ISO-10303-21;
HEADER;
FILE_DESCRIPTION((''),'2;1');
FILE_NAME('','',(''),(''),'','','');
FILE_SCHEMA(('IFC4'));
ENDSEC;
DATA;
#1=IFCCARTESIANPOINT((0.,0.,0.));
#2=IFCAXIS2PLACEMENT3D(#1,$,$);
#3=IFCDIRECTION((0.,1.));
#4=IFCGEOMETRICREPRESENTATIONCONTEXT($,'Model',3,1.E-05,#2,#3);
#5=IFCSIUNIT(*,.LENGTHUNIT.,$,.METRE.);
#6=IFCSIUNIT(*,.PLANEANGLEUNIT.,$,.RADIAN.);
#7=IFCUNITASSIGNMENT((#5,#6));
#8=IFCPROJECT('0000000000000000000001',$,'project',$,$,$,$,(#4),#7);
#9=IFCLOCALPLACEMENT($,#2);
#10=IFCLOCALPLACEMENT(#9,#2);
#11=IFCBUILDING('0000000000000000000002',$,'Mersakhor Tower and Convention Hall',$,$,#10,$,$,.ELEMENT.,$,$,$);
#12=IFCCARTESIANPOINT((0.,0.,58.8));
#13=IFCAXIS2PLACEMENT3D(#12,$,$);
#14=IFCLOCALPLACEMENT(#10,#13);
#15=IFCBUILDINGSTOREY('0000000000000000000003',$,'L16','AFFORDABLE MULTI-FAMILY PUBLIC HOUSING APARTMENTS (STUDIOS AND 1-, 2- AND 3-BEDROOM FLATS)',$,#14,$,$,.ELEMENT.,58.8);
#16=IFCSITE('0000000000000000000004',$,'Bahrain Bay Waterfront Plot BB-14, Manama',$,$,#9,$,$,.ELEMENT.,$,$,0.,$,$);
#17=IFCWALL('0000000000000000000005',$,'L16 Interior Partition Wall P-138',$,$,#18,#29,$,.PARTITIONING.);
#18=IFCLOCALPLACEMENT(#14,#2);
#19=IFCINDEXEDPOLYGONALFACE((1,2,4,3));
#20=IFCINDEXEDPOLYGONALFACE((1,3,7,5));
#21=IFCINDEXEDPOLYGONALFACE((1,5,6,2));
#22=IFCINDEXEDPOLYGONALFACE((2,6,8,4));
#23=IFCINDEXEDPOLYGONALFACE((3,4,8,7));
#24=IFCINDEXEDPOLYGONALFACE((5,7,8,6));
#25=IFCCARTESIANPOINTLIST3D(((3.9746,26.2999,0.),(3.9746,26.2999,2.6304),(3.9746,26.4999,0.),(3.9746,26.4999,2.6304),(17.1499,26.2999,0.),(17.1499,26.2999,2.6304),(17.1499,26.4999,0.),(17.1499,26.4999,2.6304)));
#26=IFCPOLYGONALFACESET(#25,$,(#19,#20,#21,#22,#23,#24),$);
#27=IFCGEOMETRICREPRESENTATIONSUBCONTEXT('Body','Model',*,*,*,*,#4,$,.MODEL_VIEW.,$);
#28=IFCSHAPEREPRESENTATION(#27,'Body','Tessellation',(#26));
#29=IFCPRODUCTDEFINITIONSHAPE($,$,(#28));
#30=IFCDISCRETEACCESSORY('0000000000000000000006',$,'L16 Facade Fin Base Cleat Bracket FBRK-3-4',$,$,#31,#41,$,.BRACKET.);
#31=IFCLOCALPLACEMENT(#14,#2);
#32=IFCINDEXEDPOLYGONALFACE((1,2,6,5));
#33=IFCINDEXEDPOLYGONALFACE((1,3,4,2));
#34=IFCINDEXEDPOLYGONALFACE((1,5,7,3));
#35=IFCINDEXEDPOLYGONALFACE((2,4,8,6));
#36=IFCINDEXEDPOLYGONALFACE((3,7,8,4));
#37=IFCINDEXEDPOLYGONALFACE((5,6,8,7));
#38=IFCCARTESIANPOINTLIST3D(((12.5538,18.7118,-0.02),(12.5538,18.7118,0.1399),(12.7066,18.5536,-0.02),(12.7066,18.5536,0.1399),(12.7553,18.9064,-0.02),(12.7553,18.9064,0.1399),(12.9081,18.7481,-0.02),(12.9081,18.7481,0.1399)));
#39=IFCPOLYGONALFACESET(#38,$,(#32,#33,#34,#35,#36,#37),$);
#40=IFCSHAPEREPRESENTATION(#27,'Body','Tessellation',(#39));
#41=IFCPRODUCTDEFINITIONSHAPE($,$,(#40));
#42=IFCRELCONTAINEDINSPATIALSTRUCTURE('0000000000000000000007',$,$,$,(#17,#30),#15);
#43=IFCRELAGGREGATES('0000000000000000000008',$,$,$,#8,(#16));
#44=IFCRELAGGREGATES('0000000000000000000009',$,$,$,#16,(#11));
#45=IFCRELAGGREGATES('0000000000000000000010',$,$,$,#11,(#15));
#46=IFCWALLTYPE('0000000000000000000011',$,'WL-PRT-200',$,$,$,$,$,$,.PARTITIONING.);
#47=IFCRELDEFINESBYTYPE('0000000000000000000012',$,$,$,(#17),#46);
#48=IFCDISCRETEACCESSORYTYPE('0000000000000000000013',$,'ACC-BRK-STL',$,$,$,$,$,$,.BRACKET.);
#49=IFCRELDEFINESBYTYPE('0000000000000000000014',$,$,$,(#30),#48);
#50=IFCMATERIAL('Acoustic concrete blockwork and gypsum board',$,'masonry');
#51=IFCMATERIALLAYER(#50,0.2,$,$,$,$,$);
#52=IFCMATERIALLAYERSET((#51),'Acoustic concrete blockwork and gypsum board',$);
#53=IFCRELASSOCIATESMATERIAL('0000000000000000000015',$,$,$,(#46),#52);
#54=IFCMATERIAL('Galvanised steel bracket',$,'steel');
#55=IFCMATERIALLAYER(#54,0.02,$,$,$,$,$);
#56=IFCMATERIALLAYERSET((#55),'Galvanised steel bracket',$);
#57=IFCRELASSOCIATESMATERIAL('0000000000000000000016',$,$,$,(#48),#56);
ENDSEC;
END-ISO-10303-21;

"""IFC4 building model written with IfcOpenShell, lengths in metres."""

from ifc_helpers import new_model, si_unit, direction, frame, frame_2d, origin, origin_2d, place, context, subcontext, project, spatial, rectangle, extrude, material, layer, layer_set, type_object, element, save


model = new_model("IFC4")

# Units and contexts
model_context = context("Model", 3, precision=1e-05, world=origin(), true_north=direction((0.0, 1.0)))
body_context = subcontext(model_context, "Body", "Model", "MODEL_VIEW")
ifc_project = project(units=[si_unit("LENGTHUNIT", "METRE"), si_unit("PLANEANGLEUNIT", "RADIAN")], contexts=[model_context])

# Site, building, storey
site_placement = place(None, origin())
site = spatial("IfcSite", under=ifc_project, at=site_placement, Name="Bahrain Bay Waterfront Plot BB-14, Manama", CompositionType="ELEMENT", RefElevation=0.0)
building_placement = place(site_placement, origin())
building = spatial("IfcBuilding", under=site, at=building_placement, Name="Mersakhor Tower and Convention Hall", CompositionType="ELEMENT")
storey_placement = place(building_placement, frame((0.0, 0.0, 58.8)))
storey = spatial("IfcBuildingStorey", under=building, at=storey_placement, Name="L16", Description="AFFORDABLE MULTI-FAMILY PUBLIC HOUSING APARTMENTS (STUDIOS AND 1-, 2- AND 3-BEDROOM FLATS)", CompositionType="ELEMENT", Elevation=58.8)

# Shared definitions
ifc_material_1 = material(Name="Acoustic concrete blockwork and gypsum board", Category="masonry")
ifc_layer_1 = layer(ifc_material_1, 0.2)
ifc_layer_set_1 = layer_set([ifc_layer_1], Name="Acoustic concrete blockwork and gypsum board")
wall_type_1 = type_object("IfcWallType", Name="WL-PRT-200", PredefinedType="PARTITIONING", material=ifc_layer_set_1)

# Wall
wall_1_placement = place(storey_placement, frame((17.1499, 26.3999, 0.0), z_axis=(0.0, 0.0, 1.0), x_axis=(-1.0, 0.0, 0.0)))
element("IfcWall", 1, at=wall_1_placement, inside=storey, type_object=wall_type_1, Name="L16 Interior Partition Wall P-138", PredefinedType="PARTITIONING", context=body_context, shape_type="SweptSolid", body=[
    extrude(rectangle(XDim=13.1753, YDim=0.2, at=frame_2d((6.5876, 0.0))), origin(), (0.0, 0.0, 1.0), 2.6304),
])

# Discrete accessory
ifc_material_2 = material(Name="Galvanised steel bracket", Category="steel")
ifc_layer_2 = layer(ifc_material_2, 0.02)
ifc_layer_set_2 = layer_set([ifc_layer_2], Name="Galvanised steel bracket")
discrete_accessory_type = type_object("IfcDiscreteAccessoryType", Name="ACC-BRK-STL", PredefinedType="BRACKET", material=ifc_layer_set_2)
discrete_accessory_placement = place(storey_placement, frame((12.731, 18.73, -0.02), z_axis=(0.0, 0.0, 1.0), x_axis=(-0.71934, -0.694658, 0.0)))
element("IfcDiscreteAccessory", 2, at=discrete_accessory_placement, inside=storey, type_object=discrete_accessory_type, Name="L16 Facade Fin Base Cleat Bracket FBRK-3-4", PredefinedType="BRACKET", context=body_context, shape_type="SweptSolid", body=[
    extrude(rectangle(XDim=0.28, YDim=0.22, at=origin_2d()), origin(), (0.0, 0.0, 1.0), 0.1599),
])

save(model, "model.ifc")
